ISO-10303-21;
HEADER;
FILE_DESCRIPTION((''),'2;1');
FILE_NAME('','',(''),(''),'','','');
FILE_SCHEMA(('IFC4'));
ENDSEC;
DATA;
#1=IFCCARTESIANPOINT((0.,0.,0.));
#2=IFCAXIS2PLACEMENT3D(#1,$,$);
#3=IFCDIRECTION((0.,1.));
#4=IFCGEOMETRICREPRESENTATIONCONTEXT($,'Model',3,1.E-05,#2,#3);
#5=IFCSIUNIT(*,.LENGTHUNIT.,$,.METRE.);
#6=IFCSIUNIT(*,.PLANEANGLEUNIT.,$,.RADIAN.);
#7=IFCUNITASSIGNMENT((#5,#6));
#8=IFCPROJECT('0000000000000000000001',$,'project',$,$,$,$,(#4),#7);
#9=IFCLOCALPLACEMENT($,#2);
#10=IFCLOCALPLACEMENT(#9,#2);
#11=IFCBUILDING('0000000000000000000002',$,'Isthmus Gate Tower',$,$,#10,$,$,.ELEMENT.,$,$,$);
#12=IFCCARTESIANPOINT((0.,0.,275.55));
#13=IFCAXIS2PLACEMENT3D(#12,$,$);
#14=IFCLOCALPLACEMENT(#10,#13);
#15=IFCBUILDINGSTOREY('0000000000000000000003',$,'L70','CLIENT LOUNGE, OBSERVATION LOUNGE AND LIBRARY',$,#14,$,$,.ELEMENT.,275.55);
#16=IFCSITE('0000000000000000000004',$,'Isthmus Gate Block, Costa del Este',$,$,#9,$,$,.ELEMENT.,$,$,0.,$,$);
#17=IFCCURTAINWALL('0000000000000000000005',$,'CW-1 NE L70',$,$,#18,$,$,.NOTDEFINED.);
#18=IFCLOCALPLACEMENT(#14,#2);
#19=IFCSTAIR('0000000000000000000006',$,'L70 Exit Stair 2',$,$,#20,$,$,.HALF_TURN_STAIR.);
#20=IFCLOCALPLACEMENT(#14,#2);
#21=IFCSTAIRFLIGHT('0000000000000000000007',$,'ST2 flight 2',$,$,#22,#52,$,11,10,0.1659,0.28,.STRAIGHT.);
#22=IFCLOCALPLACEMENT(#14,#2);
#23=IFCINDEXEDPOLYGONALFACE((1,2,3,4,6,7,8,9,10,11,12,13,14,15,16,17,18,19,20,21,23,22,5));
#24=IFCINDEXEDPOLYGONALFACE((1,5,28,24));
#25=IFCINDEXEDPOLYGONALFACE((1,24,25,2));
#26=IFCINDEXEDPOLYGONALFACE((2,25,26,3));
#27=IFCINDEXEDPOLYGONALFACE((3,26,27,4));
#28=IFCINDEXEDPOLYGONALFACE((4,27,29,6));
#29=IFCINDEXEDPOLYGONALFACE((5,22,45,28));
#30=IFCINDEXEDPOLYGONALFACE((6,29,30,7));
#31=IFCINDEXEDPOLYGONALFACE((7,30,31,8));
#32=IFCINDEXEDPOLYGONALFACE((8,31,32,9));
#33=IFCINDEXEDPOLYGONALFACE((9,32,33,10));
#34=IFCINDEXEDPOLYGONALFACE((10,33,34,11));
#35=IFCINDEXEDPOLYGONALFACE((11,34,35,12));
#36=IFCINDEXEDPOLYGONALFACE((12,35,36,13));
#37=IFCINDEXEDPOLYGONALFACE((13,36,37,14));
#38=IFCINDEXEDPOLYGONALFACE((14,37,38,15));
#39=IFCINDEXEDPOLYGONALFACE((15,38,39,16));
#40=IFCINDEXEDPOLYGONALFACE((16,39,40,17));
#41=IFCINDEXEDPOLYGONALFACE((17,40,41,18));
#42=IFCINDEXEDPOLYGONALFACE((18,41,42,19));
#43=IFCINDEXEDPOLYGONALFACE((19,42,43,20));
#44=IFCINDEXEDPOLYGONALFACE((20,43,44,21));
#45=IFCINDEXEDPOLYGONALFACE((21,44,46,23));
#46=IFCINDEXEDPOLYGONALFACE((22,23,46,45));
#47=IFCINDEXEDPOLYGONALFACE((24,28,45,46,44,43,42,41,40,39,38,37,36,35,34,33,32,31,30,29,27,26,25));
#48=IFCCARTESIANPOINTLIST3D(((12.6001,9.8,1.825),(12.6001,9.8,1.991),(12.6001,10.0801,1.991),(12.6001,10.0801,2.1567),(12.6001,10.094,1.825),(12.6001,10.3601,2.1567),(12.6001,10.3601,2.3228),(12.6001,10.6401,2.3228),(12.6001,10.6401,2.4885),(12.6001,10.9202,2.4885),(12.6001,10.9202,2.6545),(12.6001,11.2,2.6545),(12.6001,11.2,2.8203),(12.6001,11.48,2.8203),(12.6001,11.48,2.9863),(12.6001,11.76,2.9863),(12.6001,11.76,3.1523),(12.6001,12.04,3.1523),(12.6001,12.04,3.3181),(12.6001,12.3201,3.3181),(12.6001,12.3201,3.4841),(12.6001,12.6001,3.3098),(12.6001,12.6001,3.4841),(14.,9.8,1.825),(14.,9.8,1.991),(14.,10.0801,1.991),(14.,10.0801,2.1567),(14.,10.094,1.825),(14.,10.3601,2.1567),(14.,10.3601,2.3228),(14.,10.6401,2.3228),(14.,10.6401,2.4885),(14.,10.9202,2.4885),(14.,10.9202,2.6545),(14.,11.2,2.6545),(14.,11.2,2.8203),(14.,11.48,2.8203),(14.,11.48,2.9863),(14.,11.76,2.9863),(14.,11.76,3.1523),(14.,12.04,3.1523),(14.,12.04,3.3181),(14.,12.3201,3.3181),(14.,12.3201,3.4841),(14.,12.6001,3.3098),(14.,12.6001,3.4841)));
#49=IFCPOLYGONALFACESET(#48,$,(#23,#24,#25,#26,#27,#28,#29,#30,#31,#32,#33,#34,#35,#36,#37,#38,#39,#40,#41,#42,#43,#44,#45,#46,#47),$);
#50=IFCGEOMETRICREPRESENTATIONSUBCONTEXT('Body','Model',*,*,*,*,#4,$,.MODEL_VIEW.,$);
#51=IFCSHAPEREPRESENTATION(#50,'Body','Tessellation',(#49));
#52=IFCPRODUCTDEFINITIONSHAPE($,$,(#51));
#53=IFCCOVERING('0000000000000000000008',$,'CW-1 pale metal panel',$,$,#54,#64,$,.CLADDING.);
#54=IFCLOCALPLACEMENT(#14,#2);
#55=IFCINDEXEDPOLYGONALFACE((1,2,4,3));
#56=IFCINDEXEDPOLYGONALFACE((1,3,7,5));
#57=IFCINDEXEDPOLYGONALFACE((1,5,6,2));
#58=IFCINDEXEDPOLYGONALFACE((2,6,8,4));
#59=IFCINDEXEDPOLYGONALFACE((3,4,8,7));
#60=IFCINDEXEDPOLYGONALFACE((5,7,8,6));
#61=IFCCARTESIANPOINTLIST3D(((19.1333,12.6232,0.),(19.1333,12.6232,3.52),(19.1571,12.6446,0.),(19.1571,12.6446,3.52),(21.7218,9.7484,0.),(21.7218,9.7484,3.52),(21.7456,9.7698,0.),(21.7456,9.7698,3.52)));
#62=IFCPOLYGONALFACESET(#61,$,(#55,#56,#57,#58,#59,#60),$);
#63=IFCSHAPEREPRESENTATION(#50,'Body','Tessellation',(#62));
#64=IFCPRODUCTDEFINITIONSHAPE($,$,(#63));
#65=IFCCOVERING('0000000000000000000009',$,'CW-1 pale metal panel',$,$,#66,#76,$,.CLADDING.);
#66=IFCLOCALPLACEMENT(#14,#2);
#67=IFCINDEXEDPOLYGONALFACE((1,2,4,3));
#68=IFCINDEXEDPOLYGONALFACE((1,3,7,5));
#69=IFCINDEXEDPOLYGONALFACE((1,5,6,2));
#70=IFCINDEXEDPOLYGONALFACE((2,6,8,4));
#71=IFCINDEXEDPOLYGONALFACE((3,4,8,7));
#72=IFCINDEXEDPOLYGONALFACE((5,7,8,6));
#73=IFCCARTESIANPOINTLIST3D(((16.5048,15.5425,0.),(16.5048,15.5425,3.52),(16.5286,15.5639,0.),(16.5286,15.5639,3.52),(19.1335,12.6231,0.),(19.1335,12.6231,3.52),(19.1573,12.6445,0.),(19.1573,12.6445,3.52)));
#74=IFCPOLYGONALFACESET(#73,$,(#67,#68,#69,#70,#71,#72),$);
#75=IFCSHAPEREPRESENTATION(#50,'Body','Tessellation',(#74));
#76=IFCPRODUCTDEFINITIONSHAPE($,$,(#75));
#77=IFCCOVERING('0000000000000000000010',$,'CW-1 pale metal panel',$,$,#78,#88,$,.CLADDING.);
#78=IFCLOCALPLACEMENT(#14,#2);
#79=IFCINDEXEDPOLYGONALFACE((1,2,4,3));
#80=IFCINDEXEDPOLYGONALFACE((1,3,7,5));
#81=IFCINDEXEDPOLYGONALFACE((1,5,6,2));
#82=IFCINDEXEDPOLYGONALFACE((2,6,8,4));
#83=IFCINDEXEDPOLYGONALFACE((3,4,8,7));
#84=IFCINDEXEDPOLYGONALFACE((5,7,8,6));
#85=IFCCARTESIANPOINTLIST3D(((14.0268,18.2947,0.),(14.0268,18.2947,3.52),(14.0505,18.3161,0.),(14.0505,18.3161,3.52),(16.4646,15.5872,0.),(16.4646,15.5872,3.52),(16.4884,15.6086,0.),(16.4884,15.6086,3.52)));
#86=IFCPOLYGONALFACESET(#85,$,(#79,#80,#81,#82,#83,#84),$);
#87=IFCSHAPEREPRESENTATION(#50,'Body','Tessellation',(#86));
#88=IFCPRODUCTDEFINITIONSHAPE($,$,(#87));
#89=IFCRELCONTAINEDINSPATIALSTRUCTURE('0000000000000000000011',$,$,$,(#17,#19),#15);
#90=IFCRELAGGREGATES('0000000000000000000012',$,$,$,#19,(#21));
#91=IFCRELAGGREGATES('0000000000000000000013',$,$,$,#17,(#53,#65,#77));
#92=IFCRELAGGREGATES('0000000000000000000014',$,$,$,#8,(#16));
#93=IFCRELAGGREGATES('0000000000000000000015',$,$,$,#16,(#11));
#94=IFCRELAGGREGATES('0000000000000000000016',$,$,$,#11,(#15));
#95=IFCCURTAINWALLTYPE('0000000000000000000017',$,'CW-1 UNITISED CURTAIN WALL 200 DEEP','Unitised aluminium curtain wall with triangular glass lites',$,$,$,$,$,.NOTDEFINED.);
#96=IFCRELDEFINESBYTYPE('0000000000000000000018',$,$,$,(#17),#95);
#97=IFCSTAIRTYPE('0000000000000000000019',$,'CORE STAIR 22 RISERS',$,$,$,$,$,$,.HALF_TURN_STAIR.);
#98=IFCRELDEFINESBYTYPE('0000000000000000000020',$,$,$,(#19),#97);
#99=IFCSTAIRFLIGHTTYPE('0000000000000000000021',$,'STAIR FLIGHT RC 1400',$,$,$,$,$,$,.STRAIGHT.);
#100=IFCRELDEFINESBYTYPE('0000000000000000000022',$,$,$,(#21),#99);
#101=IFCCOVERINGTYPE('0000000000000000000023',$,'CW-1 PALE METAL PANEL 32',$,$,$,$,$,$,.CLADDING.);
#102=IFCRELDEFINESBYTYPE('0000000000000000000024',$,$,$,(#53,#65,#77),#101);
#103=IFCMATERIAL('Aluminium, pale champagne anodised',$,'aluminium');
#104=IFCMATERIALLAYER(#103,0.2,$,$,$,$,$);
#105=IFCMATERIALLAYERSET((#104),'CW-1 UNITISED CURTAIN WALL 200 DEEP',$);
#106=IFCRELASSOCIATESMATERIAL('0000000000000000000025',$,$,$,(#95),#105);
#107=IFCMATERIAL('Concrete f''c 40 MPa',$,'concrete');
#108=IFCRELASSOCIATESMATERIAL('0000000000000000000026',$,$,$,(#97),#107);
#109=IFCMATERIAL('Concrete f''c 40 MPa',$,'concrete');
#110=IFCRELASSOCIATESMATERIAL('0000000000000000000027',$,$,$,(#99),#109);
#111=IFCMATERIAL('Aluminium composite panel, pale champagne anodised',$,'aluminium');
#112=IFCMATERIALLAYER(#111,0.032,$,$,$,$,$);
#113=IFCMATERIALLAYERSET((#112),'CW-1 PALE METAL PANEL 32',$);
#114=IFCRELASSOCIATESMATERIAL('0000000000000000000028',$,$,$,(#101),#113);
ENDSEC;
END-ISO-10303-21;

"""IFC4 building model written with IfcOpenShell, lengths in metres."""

from ifc_helpers import new_model, si_unit, direction, frame, origin, origin_2d, place, context, subcontext, project, spatial, polyline, rectangle, outline, extrude, material, layer, layer_set, type_object, element, aggregate, save


model = new_model("IFC4")

# Units and contexts
model_context = context("Model", 3, precision=1e-05, world=origin(), true_north=direction((0.0, 1.0)))
body_context = subcontext(model_context, "Body", "Model", "MODEL_VIEW")
ifc_project = project(units=[si_unit("LENGTHUNIT", "METRE"), si_unit("PLANEANGLEUNIT", "RADIAN")], contexts=[model_context])

# Site, building, storey
site_placement = place(None, origin())
site = spatial("IfcSite", under=ifc_project, at=site_placement, Name="Isthmus Gate Block, Costa del Este", CompositionType="ELEMENT", RefElevation=0.0)
building_placement = place(site_placement, origin())
building = spatial("IfcBuilding", under=site, at=building_placement, Name="Isthmus Gate Tower", CompositionType="ELEMENT")
storey_placement = place(building_placement, frame((0.0, 0.0, 275.55)))
storey = spatial("IfcBuildingStorey", under=building, at=storey_placement, Name="L70", Description="CLIENT LOUNGE, OBSERVATION LOUNGE AND LIBRARY", CompositionType="ELEMENT", Elevation=275.55)

# Curtain wall
ifc_material_1 = material(Name="Aluminium, pale champagne anodised", Category="aluminium")
ifc_layer_1 = layer(ifc_material_1, 0.2)
ifc_layer_set_1 = layer_set([ifc_layer_1], Name="CW-1 UNITISED CURTAIN WALL 200 DEEP")
curtain_wall_type = type_object("IfcCurtainWallType", Name="CW-1 UNITISED CURTAIN WALL 200 DEEP", Description="Unitised aluminium curtain wall with triangular glass lites", PredefinedType="NOTDEFINED", material=ifc_layer_set_1)
curtain_wall_placement = place(storey_placement, origin())
curtain_wall = element("IfcCurtainWall", 1, at=curtain_wall_placement, inside=storey, type_object=curtain_wall_type, Name="CW-1 NE L70", PredefinedType="NOTDEFINED")

# Stair, stair flight
ifc_material_2 = material(Name="Concrete f'c 40 MPa", Category="concrete")
stair_type = type_object("IfcStairType", Name="CORE STAIR 22 RISERS", PredefinedType="HALF_TURN_STAIR", material=ifc_material_2)
stair_placement = place(storey_placement, origin())
stair = element("IfcStair", 2, at=stair_placement, inside=storey, type_object=stair_type, Name="L70 Exit Stair 2", PredefinedType="HALF_TURN_STAIR")
ifc_material_3 = material(Name="Concrete f'c 40 MPa", Category="concrete")
stair_flight_type = type_object("IfcStairFlightType", Name="STAIR FLIGHT RC 1400", PredefinedType="STRAIGHT", material=ifc_material_3)
stair_flight_1_placement = place(storey_placement, frame((13.3, 9.8, 1.825), z_axis=(0.0, 0.0, 1.0), x_axis=(0.0, 1.0, 0.0)))
stair_flight_1 = element("IfcStairFlight", 3, at=stair_flight_1_placement, type_object=stair_flight_type, Name="ST2 flight 2", NumberOfRisers=11, NumberOfTreads=10, PredefinedType="STRAIGHT", RiserHeight=0.1659, TreadLength=0.28, context=body_context, shape_type="SweptSolid", body=[
    extrude(outline(polyline([(0.0, 0.0), (0.0, 0.166), (0.28, 0.166), (0.28, 0.3318), (0.5601, 0.3318), (0.5601, 0.4978), (0.8401, 0.4978), (0.8401, 0.6636), (1.1201, 0.6636), (1.1201, 0.8296), (1.3999, 0.8296), (1.3999, 0.9954), (1.6799, 0.9954), (1.6799, 1.1614), (1.96, 1.1614), (1.96, 1.3274), (2.24, 1.3274), (2.24, 1.4932), (2.52, 1.4932), (2.52, 1.6592), (2.8, 1.6592), (2.8, 1.825), (2.8, 1.4849), (0.2939, 0.0), (0.0, 0.0)])), frame((0.0, 0.7, 0.0), z_axis=(0.0, -1.0, 0.0), x_axis=(1.0, 0.0, 0.0)), (0.0, 0.0, 1.0), 1.3999),
])
aggregate(stair, [stair_flight_1])

# Coverings
ifc_material_4 = material(Name="Aluminium composite panel, pale champagne anodised", Category="aluminium")
ifc_layer_2 = layer(ifc_material_4, 0.032)
ifc_layer_set_2 = layer_set([ifc_layer_2], Name="CW-1 PALE METAL PANEL 32")
covering_type = type_object("IfcCoveringType", Name="CW-1 PALE METAL PANEL 32", PredefinedType="CLADDING", material=ifc_layer_set_2)
covering_1_placement = place(storey_placement, frame((20.4395, 11.1965, 0.0), z_axis=(0.0, 0.0, 1.0), x_axis=(-0.669131, 0.743145, 0.0)))
covering_1 = element("IfcCovering", 4, at=covering_1_placement, type_object=covering_type, Name="CW-1 pale metal panel", PredefinedType="CLADDING", context=body_context, shape_type="SweptSolid", body=[
    extrude(rectangle(XDim=3.8684, YDim=0.032, at=origin_2d()), origin(), (0.0, 0.0, 1.0), 3.52),
])
covering_2_placement = place(storey_placement, frame((17.8311, 14.0935, 0.0), z_axis=(0.0, 0.0, 1.0), x_axis=(-0.669131, 0.743145, 0.0)))
covering_2 = element("IfcCovering", 5, at=covering_2_placement, type_object=covering_type, Name="CW-1 pale metal panel", PredefinedType="CLADDING", context=body_context, shape_type="SweptSolid", body=[
    extrude(rectangle(XDim=3.9285, YDim=0.032, at=origin_2d()), origin(), (0.0, 0.0, 1.0), 3.52),
])
covering_3_placement = place(storey_placement, frame((15.2576, 16.9517, 0.0), z_axis=(0.0, 0.0, 1.0), x_axis=(-0.669131, 0.743145, 0.0)))
covering_3 = element("IfcCovering", 6, at=covering_3_placement, type_object=covering_type, Name="CW-1 pale metal panel", PredefinedType="CLADDING", context=body_context, shape_type="SweptSolid", body=[
    extrude(rectangle(XDim=3.6433, YDim=0.032, at=origin_2d()), origin(), (0.0, 0.0, 1.0), 3.52),
])
aggregate(curtain_wall, [covering_1, covering_2, covering_3])

save(model, "model.ifc")
